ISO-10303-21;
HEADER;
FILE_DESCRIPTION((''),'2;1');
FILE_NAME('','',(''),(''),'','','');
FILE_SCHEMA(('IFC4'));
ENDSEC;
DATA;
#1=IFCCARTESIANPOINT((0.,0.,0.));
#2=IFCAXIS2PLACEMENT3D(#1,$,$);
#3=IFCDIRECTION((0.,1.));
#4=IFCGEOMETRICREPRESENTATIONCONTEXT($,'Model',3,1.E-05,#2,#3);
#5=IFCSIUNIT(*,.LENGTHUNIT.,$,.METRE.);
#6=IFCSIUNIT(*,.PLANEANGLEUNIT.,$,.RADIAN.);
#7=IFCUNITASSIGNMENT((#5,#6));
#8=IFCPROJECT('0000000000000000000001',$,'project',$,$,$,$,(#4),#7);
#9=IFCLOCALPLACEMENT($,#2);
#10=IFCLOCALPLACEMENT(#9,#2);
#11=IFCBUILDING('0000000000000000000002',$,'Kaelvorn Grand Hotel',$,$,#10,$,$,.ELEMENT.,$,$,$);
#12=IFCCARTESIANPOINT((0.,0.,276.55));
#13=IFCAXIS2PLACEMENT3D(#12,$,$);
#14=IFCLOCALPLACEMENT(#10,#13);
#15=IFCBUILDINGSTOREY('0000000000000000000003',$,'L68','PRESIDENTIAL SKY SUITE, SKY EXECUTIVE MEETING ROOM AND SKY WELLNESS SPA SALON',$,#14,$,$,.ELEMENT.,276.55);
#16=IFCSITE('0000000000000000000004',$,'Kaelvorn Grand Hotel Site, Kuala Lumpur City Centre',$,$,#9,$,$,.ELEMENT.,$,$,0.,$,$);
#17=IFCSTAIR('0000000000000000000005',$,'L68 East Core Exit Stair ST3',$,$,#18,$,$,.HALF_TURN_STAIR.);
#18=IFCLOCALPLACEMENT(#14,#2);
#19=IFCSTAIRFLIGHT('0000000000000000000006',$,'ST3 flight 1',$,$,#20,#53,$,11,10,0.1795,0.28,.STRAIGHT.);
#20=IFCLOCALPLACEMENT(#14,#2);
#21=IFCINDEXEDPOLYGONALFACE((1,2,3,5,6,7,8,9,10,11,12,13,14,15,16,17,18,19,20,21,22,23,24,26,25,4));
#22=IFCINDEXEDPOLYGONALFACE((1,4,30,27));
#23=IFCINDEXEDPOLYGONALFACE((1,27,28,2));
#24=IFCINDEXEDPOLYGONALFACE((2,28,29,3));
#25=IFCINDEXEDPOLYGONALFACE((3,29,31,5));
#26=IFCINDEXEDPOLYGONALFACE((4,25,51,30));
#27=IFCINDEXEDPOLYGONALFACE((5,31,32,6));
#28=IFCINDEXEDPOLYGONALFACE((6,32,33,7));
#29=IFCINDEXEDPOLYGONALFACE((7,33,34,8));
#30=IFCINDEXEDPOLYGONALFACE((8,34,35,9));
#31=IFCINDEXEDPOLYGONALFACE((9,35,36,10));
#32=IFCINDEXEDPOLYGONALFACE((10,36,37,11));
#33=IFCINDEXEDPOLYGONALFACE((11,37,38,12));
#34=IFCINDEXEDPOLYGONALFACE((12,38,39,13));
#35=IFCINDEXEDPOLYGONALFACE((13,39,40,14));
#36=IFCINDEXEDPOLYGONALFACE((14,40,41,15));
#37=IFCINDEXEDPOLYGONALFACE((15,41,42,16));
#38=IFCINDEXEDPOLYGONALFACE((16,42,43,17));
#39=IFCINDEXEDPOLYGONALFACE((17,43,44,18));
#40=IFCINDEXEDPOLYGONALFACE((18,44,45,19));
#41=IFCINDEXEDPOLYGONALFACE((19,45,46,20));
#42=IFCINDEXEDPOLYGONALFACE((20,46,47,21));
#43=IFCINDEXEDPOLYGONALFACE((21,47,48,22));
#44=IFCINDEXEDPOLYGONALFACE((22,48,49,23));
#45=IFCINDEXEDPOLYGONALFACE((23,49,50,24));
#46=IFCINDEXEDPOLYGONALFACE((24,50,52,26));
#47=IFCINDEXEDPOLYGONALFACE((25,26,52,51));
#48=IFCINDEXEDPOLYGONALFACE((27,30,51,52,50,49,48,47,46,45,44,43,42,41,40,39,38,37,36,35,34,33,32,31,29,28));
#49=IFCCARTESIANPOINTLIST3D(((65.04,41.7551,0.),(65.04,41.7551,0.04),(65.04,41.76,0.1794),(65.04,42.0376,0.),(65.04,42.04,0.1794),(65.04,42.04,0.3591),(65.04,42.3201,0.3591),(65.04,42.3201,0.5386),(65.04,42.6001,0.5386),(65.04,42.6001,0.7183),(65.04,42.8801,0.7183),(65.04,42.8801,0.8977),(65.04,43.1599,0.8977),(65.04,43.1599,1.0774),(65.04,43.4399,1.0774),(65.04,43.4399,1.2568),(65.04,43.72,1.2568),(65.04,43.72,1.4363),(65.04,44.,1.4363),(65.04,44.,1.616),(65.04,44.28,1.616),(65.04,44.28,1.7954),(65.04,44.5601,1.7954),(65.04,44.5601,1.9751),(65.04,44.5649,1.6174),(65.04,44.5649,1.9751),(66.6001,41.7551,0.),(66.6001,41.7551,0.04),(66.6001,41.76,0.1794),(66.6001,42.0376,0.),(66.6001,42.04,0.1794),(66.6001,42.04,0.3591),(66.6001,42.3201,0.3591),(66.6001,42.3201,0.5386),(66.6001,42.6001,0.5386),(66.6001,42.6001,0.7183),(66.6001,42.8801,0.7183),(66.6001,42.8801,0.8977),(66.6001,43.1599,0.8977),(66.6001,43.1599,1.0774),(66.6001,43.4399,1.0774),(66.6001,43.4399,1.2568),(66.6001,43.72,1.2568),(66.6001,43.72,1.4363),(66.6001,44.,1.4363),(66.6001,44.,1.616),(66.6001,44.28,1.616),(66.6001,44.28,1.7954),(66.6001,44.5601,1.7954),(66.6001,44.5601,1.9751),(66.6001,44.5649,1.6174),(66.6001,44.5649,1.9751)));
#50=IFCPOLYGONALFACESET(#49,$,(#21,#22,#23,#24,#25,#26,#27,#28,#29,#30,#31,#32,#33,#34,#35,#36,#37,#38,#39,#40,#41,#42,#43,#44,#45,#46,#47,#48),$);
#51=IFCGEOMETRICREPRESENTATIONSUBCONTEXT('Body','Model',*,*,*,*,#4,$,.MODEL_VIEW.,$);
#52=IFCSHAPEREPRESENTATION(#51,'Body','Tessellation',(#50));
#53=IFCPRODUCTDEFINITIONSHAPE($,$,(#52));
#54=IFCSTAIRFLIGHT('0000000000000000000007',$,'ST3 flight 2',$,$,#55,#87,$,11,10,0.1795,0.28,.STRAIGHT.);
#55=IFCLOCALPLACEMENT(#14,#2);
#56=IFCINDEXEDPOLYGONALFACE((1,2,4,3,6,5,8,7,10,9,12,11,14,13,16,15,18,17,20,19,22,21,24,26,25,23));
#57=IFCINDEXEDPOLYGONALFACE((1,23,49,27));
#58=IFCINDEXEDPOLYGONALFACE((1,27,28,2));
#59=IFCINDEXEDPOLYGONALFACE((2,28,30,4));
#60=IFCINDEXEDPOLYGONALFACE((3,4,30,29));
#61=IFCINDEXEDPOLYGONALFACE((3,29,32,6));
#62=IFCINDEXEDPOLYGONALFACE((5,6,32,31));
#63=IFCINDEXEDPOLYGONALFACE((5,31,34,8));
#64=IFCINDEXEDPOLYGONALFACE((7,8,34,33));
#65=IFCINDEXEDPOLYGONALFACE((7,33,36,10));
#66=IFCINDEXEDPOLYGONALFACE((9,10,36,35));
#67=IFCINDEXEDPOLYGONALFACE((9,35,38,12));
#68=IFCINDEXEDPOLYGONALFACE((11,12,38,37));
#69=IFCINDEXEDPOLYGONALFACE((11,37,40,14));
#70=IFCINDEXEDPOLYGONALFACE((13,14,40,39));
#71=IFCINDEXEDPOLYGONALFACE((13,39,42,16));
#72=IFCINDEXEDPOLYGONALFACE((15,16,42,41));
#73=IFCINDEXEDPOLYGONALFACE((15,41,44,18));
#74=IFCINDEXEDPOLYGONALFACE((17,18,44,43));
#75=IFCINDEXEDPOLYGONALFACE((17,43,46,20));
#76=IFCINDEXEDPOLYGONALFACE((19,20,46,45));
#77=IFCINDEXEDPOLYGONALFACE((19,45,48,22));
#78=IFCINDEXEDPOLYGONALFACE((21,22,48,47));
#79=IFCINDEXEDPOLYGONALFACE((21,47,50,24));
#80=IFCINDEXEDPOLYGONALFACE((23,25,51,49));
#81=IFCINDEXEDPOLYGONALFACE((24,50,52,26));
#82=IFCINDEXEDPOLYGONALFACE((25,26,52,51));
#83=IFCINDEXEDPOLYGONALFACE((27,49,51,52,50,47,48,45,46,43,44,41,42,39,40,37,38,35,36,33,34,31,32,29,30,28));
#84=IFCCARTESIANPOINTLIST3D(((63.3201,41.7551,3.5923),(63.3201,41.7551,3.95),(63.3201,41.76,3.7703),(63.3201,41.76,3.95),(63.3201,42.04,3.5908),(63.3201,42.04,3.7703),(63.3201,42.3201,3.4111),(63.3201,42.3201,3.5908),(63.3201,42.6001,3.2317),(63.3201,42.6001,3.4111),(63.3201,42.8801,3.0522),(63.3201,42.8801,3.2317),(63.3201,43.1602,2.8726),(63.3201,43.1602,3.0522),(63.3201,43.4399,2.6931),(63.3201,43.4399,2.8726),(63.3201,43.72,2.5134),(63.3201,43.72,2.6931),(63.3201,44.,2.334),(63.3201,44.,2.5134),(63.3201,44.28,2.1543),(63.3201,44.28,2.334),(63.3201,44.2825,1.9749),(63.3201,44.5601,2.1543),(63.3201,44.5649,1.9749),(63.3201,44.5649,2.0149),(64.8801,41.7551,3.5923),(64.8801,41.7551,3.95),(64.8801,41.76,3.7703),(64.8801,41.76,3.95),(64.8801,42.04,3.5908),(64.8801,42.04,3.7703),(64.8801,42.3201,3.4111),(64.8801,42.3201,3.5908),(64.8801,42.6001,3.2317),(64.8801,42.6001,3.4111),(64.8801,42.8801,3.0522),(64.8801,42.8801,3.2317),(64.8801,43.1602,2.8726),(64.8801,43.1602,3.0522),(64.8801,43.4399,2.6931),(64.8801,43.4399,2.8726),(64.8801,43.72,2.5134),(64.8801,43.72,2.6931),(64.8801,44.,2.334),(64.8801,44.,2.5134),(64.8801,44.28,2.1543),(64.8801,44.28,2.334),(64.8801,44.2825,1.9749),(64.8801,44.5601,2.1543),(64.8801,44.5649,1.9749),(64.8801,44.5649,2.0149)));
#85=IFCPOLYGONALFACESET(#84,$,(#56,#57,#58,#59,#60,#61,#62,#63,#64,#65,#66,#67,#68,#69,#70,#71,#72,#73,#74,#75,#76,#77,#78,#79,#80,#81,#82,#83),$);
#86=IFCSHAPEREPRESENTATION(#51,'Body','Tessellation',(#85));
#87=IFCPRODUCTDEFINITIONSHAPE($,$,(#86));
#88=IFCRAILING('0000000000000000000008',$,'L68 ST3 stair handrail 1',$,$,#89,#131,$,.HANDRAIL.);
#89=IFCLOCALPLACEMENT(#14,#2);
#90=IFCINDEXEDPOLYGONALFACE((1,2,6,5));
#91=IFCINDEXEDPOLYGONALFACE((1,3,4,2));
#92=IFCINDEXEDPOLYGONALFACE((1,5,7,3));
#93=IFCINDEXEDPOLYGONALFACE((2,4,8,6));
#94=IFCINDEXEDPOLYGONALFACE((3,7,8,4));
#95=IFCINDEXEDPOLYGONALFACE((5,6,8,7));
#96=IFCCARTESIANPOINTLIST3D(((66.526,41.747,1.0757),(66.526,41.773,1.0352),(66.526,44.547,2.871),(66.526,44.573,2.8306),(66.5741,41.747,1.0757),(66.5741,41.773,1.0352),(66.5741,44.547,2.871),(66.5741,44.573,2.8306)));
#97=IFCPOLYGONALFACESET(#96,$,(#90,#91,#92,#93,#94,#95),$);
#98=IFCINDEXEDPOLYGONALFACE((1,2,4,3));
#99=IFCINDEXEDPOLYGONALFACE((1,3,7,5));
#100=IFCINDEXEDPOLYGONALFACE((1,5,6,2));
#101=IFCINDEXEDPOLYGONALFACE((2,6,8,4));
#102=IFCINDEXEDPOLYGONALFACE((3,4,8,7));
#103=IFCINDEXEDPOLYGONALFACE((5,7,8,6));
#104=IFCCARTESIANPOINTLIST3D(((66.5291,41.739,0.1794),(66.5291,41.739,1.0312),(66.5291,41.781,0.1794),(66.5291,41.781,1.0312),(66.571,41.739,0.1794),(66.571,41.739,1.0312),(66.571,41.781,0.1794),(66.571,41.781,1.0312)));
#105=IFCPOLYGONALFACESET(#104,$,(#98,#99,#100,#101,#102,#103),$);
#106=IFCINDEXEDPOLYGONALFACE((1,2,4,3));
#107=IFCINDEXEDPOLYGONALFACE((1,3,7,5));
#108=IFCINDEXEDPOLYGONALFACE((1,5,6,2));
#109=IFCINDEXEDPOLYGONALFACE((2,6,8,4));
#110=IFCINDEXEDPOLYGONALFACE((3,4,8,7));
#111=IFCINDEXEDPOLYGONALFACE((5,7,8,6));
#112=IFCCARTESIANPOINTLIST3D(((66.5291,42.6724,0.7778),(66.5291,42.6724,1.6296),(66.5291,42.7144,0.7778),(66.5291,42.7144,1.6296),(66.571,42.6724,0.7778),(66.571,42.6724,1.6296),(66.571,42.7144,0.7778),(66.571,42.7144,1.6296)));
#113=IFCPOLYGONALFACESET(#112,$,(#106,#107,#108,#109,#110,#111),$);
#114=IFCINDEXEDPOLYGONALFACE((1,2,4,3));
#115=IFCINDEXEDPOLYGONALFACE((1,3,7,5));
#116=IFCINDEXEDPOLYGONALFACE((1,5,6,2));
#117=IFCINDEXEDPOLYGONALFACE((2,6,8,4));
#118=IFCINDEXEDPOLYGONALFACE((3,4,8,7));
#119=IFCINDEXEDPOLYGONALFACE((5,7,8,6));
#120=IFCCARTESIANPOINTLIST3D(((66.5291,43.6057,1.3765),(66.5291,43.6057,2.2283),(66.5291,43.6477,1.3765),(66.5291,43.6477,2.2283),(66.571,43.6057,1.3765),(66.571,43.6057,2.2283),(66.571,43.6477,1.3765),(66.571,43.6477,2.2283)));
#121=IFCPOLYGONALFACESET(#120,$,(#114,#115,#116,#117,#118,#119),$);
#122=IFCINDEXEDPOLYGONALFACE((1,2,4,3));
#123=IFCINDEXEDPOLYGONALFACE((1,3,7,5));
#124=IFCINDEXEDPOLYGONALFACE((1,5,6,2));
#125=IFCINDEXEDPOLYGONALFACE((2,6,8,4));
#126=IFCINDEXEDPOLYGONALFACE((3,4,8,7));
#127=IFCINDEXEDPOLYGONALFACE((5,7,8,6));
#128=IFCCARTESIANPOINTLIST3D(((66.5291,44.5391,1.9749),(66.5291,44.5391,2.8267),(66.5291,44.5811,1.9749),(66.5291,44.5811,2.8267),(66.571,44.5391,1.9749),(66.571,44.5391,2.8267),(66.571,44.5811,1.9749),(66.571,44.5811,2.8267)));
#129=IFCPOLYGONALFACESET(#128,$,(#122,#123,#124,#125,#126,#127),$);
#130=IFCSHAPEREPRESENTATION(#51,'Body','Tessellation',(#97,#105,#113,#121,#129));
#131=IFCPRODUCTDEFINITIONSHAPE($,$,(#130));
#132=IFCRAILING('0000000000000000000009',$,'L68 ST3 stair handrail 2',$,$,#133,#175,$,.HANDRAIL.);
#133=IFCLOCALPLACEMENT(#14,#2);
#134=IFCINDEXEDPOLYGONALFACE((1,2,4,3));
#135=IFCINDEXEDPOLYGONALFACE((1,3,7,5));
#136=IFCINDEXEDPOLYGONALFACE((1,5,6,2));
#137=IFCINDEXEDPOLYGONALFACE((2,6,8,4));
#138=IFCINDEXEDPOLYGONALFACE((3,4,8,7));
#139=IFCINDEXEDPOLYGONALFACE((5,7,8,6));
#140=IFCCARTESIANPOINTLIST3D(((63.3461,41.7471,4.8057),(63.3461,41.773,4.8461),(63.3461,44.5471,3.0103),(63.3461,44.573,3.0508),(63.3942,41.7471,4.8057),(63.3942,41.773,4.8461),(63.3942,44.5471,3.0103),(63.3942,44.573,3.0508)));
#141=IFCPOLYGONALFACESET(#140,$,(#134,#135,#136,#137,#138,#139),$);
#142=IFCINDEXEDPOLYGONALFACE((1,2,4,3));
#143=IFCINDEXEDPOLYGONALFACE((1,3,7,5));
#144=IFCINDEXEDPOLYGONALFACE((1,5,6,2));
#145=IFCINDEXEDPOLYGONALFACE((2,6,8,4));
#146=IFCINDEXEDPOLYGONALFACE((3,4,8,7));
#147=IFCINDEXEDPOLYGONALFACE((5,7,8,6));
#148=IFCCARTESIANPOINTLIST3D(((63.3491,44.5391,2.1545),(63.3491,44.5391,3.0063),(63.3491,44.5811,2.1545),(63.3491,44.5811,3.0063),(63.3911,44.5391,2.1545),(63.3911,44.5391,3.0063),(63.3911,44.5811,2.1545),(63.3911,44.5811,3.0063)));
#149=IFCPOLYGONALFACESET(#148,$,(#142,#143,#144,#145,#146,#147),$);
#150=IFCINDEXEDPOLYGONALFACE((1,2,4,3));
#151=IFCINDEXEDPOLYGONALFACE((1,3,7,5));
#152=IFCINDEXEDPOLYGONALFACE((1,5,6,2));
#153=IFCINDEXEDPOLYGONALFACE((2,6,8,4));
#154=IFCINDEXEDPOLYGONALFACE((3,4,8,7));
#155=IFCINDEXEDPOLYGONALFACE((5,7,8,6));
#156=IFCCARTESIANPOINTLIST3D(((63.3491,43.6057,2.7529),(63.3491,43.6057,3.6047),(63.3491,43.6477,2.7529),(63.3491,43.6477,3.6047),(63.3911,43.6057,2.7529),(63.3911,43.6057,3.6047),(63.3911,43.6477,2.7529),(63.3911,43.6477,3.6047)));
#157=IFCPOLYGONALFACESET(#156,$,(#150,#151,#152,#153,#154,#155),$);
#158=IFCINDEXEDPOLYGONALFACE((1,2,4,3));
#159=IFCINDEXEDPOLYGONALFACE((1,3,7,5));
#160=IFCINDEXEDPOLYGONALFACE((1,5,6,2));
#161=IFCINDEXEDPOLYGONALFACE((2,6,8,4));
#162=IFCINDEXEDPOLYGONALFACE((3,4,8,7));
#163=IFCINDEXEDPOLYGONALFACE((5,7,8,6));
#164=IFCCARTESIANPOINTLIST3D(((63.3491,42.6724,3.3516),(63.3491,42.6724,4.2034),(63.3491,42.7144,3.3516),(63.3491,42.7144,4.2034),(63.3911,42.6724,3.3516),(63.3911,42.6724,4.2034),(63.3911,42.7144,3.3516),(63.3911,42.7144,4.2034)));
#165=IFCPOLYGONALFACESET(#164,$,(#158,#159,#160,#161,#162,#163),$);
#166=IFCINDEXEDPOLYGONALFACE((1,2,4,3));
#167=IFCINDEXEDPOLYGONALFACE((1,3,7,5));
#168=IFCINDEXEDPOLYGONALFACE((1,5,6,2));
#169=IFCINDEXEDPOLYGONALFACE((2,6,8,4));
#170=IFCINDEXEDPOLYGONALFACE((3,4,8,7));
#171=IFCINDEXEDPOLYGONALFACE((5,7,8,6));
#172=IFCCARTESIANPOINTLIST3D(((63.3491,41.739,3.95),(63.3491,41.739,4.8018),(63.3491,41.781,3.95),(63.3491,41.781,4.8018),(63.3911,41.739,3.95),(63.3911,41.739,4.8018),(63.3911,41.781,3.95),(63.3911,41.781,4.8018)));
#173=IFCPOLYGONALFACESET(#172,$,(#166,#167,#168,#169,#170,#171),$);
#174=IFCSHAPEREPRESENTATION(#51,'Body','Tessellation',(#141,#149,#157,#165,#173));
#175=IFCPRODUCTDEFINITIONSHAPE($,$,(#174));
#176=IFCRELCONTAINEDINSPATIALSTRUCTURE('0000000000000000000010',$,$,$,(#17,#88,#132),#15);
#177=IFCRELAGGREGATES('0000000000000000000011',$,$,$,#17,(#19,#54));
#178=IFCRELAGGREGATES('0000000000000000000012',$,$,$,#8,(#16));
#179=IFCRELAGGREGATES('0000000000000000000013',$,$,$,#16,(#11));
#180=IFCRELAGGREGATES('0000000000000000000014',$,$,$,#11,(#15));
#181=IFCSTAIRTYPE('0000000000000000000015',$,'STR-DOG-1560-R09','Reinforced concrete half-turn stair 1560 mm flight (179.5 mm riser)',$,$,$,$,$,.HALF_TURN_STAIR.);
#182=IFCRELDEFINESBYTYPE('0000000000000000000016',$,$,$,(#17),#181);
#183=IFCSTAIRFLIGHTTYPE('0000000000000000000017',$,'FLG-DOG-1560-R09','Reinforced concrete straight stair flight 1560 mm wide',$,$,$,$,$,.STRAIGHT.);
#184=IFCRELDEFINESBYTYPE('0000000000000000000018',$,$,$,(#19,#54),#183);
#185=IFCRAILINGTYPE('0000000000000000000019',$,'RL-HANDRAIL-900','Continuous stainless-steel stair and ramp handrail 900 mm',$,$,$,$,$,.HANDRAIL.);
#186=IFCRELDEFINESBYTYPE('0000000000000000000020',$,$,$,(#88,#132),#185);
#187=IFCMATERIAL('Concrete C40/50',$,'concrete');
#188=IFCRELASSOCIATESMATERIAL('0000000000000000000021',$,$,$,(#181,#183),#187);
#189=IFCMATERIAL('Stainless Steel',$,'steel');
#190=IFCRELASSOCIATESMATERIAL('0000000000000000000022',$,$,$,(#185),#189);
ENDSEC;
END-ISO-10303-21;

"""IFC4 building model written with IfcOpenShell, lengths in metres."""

from ifc_helpers import new_model, si_unit, direction, frame, origin, origin_2d, place, context, subcontext, project, spatial, polyline, rectangle, outline, extrude, material, type_object, element, aggregate, save


model = new_model("IFC4")

# Units and contexts
model_context = context("Model", 3, precision=1e-05, world=origin(), true_north=direction((0.0, 1.0)))
body_context = subcontext(model_context, "Body", "Model", "MODEL_VIEW")
ifc_project = project(units=[si_unit("LENGTHUNIT", "METRE"), si_unit("PLANEANGLEUNIT", "RADIAN")], contexts=[model_context])

# Site, building, storey
site_placement = place(None, origin())
site = spatial("IfcSite", under=ifc_project, at=site_placement, Name="Kaelvorn Grand Hotel Site, Kuala Lumpur City Centre", CompositionType="ELEMENT", RefElevation=0.0)
building_placement = place(site_placement, origin())
building = spatial("IfcBuilding", under=site, at=building_placement, Name="Kaelvorn Grand Hotel", CompositionType="ELEMENT")
storey_placement = place(building_placement, frame((0.0, 0.0, 276.55)))
storey = spatial("IfcBuildingStorey", under=building, at=storey_placement, Name="L68", Description="PRESIDENTIAL SKY SUITE, SKY EXECUTIVE MEETING ROOM AND SKY WELLNESS SPA SALON", CompositionType="ELEMENT", Elevation=276.55)

# Shared definitions
ifc_material_1 = material(Name="Concrete C40/50", Category="concrete")

# Shared definitions
ifc_material_2 = material(Name="Stainless Steel", Category="steel")

# Stair, stair flights
stair_type = type_object("IfcStairType", Name="STR-DOG-1560-R09", Description="Reinforced concrete half-turn stair 1560 mm flight (179.5 mm riser)", PredefinedType="HALF_TURN_STAIR", material=ifc_material_1)
stair_placement = place(storey_placement, origin())
stair = element("IfcStair", 1, at=stair_placement, inside=storey, type_object=stair_type, Name="L68 East Core Exit Stair ST3", PredefinedType="HALF_TURN_STAIR")
stair_flight_type = type_object("IfcStairFlightType", Name="FLG-DOG-1560-R09", Description="Reinforced concrete straight stair flight 1560 mm wide", PredefinedType="STRAIGHT", material=ifc_material_1)
stair_flight_1_placement = place(storey_placement, frame((65.8201, 41.76, 0.0), z_axis=(0.0, 0.0, 1.0), x_axis=(0.0, 1.0, 0.0)))
stair_flight_1 = element("IfcStairFlight", 2, at=stair_flight_1_placement, type_object=stair_flight_type, Name="ST3 flight 1", NumberOfRisers=11, NumberOfTreads=10, PredefinedType="STRAIGHT", RiserHeight=0.1795, TreadLength=0.28, context=body_context, shape_type="SweptSolid", body=[
    extrude(outline(polyline([(-0.0049, 0.0), (-0.0049, 0.04), (0.0, 0.1794), (0.28, 0.1794), (0.28, 0.3591), (0.5601, 0.3591), (0.5601, 0.5386), (0.8401, 0.5386), (0.8401, 0.7183), (1.1201, 0.7183), (1.1201, 0.8977), (1.3999, 0.8977), (1.3999, 1.0774), (1.6799, 1.0774), (1.6799, 1.2568), (1.96, 1.2568), (1.96, 1.4363), (2.24, 1.4363), (2.24, 1.616), (2.52, 1.616), (2.52, 1.7954), (2.8, 1.7954), (2.8, 1.9751), (2.8049, 1.9751), (2.8049, 1.6174), (0.2776, 0.0), (-0.0049, 0.0)])), frame((0.0, 0.78, 0.0), z_axis=(0.0, -1.0, 0.0), x_axis=(1.0, 0.0, 0.0)), (0.0, 0.0, 1.0), 1.5601),
])
stair_flight_2_placement = place(storey_placement, frame((64.1001, 44.5601, 1.9749), z_axis=(0.0, 0.0, 1.0), x_axis=(0.0, -1.0, 0.0)))
stair_flight_2 = element("IfcStairFlight", 3, at=stair_flight_2_placement, type_object=stair_flight_type, Name="ST3 flight 2", NumberOfRisers=11, NumberOfTreads=10, PredefinedType="STRAIGHT", RiserHeight=0.1795, TreadLength=0.28, context=body_context, shape_type="SweptSolid", body=[
    extrude(outline(polyline([(-0.0049, 0.0), (-0.0049, 0.04), (0.0, 0.1794), (0.28, 0.1794), (0.28, 0.3591), (0.5601, 0.3591), (0.5601, 0.5386), (0.8401, 0.5386), (0.8401, 0.7183), (1.1201, 0.7183), (1.1201, 0.8977), (1.3999, 0.8977), (1.3999, 1.0774), (1.6799, 1.0774), (1.6799, 1.2568), (1.96, 1.2568), (1.96, 1.4363), (2.24, 1.4363), (2.24, 1.616), (2.52, 1.616), (2.52, 1.7954), (2.8, 1.7954), (2.8, 1.9751), (2.8049, 1.9751), (2.8049, 1.6174), (0.2776, 0.0), (-0.0049, 0.0)])), frame((0.0, 0.78, 0.0), z_axis=(0.0, -1.0, 0.0), x_axis=(1.0, 0.0, 0.0)), (0.0, 0.0, 1.0), 1.5601),
])
aggregate(stair, [stair_flight_1, stair_flight_2])

# Railings
railing_type_1 = type_object("IfcRailingType", Name="RL-HANDRAIL-900", Description="Continuous stainless-steel stair and ramp handrail 900 mm", PredefinedType="HANDRAIL", material=ifc_material_2)
railing_1_placement = place(storey_placement, frame((66.55, 41.76, 0.1794)))
element("IfcRailing", 4, at=railing_1_placement, inside=storey, type_object=railing_type_1, Name="L68 ST3 stair handrail 1", PredefinedType="HANDRAIL", context=body_context, shape_type="SweptSolid", body=[
    extrude(rectangle(XDim=0.0481, YDim=0.0481, at=origin_2d()), frame((0.0, 0.0, 0.876), z_axis=(0.0, 0.84181, 0.539774), x_axis=(-1.0, 0.0, 0.0)), (0.0, 0.0, 1.0), 3.3262),
    extrude(rectangle(XDim=0.042, YDim=0.042, at=origin_2d()), origin(), (0.0, 0.0, 1.0), 0.8518),
    extrude(rectangle(XDim=0.042, YDim=0.042, at=origin_2d()), frame((0.0, 0.9333, 0.5984)), (0.0, 0.0, 1.0), 0.8518),
    extrude(rectangle(XDim=0.042, YDim=0.042, at=origin_2d()), frame((0.0, 1.8667, 1.197)), (0.0, 0.0, 1.0), 0.8518),
    extrude(rectangle(XDim=0.042, YDim=0.042, at=origin_2d()), frame((0.0, 2.8, 1.7954)), (0.0, 0.0, 1.0), 0.8518),
])
railing_2_placement = place(storey_placement, frame((63.3701, 44.5601, 2.1545)))
element("IfcRailing", 5, at=railing_2_placement, inside=storey, type_object=railing_type_1, Name="L68 ST3 stair handrail 2", PredefinedType="HANDRAIL", context=body_context, shape_type="SweptSolid", body=[
    extrude(rectangle(XDim=0.0481, YDim=0.0481, at=origin_2d()), frame((0.0, 0.0, 0.876), z_axis=(0.0, -0.84181, 0.539774), x_axis=(1.0, 0.0, 0.0)), (0.0, 0.0, 1.0), 3.3262),
    extrude(rectangle(XDim=0.042, YDim=0.042, at=origin_2d()), origin(), (0.0, 0.0, 1.0), 0.8518),
    extrude(rectangle(XDim=0.042, YDim=0.042, at=origin_2d()), frame((0.0, -0.9333, 0.5984)), (0.0, 0.0, 1.0), 0.8518),
    extrude(rectangle(XDim=0.042, YDim=0.042, at=origin_2d()), frame((0.0, -1.8667, 1.197)), (0.0, 0.0, 1.0), 0.8518),
    extrude(rectangle(XDim=0.042, YDim=0.042, at=origin_2d()), frame((0.0, -2.8, 1.7954)), (0.0, 0.0, 1.0), 0.8518),
])

save(model, "model.ifc")
